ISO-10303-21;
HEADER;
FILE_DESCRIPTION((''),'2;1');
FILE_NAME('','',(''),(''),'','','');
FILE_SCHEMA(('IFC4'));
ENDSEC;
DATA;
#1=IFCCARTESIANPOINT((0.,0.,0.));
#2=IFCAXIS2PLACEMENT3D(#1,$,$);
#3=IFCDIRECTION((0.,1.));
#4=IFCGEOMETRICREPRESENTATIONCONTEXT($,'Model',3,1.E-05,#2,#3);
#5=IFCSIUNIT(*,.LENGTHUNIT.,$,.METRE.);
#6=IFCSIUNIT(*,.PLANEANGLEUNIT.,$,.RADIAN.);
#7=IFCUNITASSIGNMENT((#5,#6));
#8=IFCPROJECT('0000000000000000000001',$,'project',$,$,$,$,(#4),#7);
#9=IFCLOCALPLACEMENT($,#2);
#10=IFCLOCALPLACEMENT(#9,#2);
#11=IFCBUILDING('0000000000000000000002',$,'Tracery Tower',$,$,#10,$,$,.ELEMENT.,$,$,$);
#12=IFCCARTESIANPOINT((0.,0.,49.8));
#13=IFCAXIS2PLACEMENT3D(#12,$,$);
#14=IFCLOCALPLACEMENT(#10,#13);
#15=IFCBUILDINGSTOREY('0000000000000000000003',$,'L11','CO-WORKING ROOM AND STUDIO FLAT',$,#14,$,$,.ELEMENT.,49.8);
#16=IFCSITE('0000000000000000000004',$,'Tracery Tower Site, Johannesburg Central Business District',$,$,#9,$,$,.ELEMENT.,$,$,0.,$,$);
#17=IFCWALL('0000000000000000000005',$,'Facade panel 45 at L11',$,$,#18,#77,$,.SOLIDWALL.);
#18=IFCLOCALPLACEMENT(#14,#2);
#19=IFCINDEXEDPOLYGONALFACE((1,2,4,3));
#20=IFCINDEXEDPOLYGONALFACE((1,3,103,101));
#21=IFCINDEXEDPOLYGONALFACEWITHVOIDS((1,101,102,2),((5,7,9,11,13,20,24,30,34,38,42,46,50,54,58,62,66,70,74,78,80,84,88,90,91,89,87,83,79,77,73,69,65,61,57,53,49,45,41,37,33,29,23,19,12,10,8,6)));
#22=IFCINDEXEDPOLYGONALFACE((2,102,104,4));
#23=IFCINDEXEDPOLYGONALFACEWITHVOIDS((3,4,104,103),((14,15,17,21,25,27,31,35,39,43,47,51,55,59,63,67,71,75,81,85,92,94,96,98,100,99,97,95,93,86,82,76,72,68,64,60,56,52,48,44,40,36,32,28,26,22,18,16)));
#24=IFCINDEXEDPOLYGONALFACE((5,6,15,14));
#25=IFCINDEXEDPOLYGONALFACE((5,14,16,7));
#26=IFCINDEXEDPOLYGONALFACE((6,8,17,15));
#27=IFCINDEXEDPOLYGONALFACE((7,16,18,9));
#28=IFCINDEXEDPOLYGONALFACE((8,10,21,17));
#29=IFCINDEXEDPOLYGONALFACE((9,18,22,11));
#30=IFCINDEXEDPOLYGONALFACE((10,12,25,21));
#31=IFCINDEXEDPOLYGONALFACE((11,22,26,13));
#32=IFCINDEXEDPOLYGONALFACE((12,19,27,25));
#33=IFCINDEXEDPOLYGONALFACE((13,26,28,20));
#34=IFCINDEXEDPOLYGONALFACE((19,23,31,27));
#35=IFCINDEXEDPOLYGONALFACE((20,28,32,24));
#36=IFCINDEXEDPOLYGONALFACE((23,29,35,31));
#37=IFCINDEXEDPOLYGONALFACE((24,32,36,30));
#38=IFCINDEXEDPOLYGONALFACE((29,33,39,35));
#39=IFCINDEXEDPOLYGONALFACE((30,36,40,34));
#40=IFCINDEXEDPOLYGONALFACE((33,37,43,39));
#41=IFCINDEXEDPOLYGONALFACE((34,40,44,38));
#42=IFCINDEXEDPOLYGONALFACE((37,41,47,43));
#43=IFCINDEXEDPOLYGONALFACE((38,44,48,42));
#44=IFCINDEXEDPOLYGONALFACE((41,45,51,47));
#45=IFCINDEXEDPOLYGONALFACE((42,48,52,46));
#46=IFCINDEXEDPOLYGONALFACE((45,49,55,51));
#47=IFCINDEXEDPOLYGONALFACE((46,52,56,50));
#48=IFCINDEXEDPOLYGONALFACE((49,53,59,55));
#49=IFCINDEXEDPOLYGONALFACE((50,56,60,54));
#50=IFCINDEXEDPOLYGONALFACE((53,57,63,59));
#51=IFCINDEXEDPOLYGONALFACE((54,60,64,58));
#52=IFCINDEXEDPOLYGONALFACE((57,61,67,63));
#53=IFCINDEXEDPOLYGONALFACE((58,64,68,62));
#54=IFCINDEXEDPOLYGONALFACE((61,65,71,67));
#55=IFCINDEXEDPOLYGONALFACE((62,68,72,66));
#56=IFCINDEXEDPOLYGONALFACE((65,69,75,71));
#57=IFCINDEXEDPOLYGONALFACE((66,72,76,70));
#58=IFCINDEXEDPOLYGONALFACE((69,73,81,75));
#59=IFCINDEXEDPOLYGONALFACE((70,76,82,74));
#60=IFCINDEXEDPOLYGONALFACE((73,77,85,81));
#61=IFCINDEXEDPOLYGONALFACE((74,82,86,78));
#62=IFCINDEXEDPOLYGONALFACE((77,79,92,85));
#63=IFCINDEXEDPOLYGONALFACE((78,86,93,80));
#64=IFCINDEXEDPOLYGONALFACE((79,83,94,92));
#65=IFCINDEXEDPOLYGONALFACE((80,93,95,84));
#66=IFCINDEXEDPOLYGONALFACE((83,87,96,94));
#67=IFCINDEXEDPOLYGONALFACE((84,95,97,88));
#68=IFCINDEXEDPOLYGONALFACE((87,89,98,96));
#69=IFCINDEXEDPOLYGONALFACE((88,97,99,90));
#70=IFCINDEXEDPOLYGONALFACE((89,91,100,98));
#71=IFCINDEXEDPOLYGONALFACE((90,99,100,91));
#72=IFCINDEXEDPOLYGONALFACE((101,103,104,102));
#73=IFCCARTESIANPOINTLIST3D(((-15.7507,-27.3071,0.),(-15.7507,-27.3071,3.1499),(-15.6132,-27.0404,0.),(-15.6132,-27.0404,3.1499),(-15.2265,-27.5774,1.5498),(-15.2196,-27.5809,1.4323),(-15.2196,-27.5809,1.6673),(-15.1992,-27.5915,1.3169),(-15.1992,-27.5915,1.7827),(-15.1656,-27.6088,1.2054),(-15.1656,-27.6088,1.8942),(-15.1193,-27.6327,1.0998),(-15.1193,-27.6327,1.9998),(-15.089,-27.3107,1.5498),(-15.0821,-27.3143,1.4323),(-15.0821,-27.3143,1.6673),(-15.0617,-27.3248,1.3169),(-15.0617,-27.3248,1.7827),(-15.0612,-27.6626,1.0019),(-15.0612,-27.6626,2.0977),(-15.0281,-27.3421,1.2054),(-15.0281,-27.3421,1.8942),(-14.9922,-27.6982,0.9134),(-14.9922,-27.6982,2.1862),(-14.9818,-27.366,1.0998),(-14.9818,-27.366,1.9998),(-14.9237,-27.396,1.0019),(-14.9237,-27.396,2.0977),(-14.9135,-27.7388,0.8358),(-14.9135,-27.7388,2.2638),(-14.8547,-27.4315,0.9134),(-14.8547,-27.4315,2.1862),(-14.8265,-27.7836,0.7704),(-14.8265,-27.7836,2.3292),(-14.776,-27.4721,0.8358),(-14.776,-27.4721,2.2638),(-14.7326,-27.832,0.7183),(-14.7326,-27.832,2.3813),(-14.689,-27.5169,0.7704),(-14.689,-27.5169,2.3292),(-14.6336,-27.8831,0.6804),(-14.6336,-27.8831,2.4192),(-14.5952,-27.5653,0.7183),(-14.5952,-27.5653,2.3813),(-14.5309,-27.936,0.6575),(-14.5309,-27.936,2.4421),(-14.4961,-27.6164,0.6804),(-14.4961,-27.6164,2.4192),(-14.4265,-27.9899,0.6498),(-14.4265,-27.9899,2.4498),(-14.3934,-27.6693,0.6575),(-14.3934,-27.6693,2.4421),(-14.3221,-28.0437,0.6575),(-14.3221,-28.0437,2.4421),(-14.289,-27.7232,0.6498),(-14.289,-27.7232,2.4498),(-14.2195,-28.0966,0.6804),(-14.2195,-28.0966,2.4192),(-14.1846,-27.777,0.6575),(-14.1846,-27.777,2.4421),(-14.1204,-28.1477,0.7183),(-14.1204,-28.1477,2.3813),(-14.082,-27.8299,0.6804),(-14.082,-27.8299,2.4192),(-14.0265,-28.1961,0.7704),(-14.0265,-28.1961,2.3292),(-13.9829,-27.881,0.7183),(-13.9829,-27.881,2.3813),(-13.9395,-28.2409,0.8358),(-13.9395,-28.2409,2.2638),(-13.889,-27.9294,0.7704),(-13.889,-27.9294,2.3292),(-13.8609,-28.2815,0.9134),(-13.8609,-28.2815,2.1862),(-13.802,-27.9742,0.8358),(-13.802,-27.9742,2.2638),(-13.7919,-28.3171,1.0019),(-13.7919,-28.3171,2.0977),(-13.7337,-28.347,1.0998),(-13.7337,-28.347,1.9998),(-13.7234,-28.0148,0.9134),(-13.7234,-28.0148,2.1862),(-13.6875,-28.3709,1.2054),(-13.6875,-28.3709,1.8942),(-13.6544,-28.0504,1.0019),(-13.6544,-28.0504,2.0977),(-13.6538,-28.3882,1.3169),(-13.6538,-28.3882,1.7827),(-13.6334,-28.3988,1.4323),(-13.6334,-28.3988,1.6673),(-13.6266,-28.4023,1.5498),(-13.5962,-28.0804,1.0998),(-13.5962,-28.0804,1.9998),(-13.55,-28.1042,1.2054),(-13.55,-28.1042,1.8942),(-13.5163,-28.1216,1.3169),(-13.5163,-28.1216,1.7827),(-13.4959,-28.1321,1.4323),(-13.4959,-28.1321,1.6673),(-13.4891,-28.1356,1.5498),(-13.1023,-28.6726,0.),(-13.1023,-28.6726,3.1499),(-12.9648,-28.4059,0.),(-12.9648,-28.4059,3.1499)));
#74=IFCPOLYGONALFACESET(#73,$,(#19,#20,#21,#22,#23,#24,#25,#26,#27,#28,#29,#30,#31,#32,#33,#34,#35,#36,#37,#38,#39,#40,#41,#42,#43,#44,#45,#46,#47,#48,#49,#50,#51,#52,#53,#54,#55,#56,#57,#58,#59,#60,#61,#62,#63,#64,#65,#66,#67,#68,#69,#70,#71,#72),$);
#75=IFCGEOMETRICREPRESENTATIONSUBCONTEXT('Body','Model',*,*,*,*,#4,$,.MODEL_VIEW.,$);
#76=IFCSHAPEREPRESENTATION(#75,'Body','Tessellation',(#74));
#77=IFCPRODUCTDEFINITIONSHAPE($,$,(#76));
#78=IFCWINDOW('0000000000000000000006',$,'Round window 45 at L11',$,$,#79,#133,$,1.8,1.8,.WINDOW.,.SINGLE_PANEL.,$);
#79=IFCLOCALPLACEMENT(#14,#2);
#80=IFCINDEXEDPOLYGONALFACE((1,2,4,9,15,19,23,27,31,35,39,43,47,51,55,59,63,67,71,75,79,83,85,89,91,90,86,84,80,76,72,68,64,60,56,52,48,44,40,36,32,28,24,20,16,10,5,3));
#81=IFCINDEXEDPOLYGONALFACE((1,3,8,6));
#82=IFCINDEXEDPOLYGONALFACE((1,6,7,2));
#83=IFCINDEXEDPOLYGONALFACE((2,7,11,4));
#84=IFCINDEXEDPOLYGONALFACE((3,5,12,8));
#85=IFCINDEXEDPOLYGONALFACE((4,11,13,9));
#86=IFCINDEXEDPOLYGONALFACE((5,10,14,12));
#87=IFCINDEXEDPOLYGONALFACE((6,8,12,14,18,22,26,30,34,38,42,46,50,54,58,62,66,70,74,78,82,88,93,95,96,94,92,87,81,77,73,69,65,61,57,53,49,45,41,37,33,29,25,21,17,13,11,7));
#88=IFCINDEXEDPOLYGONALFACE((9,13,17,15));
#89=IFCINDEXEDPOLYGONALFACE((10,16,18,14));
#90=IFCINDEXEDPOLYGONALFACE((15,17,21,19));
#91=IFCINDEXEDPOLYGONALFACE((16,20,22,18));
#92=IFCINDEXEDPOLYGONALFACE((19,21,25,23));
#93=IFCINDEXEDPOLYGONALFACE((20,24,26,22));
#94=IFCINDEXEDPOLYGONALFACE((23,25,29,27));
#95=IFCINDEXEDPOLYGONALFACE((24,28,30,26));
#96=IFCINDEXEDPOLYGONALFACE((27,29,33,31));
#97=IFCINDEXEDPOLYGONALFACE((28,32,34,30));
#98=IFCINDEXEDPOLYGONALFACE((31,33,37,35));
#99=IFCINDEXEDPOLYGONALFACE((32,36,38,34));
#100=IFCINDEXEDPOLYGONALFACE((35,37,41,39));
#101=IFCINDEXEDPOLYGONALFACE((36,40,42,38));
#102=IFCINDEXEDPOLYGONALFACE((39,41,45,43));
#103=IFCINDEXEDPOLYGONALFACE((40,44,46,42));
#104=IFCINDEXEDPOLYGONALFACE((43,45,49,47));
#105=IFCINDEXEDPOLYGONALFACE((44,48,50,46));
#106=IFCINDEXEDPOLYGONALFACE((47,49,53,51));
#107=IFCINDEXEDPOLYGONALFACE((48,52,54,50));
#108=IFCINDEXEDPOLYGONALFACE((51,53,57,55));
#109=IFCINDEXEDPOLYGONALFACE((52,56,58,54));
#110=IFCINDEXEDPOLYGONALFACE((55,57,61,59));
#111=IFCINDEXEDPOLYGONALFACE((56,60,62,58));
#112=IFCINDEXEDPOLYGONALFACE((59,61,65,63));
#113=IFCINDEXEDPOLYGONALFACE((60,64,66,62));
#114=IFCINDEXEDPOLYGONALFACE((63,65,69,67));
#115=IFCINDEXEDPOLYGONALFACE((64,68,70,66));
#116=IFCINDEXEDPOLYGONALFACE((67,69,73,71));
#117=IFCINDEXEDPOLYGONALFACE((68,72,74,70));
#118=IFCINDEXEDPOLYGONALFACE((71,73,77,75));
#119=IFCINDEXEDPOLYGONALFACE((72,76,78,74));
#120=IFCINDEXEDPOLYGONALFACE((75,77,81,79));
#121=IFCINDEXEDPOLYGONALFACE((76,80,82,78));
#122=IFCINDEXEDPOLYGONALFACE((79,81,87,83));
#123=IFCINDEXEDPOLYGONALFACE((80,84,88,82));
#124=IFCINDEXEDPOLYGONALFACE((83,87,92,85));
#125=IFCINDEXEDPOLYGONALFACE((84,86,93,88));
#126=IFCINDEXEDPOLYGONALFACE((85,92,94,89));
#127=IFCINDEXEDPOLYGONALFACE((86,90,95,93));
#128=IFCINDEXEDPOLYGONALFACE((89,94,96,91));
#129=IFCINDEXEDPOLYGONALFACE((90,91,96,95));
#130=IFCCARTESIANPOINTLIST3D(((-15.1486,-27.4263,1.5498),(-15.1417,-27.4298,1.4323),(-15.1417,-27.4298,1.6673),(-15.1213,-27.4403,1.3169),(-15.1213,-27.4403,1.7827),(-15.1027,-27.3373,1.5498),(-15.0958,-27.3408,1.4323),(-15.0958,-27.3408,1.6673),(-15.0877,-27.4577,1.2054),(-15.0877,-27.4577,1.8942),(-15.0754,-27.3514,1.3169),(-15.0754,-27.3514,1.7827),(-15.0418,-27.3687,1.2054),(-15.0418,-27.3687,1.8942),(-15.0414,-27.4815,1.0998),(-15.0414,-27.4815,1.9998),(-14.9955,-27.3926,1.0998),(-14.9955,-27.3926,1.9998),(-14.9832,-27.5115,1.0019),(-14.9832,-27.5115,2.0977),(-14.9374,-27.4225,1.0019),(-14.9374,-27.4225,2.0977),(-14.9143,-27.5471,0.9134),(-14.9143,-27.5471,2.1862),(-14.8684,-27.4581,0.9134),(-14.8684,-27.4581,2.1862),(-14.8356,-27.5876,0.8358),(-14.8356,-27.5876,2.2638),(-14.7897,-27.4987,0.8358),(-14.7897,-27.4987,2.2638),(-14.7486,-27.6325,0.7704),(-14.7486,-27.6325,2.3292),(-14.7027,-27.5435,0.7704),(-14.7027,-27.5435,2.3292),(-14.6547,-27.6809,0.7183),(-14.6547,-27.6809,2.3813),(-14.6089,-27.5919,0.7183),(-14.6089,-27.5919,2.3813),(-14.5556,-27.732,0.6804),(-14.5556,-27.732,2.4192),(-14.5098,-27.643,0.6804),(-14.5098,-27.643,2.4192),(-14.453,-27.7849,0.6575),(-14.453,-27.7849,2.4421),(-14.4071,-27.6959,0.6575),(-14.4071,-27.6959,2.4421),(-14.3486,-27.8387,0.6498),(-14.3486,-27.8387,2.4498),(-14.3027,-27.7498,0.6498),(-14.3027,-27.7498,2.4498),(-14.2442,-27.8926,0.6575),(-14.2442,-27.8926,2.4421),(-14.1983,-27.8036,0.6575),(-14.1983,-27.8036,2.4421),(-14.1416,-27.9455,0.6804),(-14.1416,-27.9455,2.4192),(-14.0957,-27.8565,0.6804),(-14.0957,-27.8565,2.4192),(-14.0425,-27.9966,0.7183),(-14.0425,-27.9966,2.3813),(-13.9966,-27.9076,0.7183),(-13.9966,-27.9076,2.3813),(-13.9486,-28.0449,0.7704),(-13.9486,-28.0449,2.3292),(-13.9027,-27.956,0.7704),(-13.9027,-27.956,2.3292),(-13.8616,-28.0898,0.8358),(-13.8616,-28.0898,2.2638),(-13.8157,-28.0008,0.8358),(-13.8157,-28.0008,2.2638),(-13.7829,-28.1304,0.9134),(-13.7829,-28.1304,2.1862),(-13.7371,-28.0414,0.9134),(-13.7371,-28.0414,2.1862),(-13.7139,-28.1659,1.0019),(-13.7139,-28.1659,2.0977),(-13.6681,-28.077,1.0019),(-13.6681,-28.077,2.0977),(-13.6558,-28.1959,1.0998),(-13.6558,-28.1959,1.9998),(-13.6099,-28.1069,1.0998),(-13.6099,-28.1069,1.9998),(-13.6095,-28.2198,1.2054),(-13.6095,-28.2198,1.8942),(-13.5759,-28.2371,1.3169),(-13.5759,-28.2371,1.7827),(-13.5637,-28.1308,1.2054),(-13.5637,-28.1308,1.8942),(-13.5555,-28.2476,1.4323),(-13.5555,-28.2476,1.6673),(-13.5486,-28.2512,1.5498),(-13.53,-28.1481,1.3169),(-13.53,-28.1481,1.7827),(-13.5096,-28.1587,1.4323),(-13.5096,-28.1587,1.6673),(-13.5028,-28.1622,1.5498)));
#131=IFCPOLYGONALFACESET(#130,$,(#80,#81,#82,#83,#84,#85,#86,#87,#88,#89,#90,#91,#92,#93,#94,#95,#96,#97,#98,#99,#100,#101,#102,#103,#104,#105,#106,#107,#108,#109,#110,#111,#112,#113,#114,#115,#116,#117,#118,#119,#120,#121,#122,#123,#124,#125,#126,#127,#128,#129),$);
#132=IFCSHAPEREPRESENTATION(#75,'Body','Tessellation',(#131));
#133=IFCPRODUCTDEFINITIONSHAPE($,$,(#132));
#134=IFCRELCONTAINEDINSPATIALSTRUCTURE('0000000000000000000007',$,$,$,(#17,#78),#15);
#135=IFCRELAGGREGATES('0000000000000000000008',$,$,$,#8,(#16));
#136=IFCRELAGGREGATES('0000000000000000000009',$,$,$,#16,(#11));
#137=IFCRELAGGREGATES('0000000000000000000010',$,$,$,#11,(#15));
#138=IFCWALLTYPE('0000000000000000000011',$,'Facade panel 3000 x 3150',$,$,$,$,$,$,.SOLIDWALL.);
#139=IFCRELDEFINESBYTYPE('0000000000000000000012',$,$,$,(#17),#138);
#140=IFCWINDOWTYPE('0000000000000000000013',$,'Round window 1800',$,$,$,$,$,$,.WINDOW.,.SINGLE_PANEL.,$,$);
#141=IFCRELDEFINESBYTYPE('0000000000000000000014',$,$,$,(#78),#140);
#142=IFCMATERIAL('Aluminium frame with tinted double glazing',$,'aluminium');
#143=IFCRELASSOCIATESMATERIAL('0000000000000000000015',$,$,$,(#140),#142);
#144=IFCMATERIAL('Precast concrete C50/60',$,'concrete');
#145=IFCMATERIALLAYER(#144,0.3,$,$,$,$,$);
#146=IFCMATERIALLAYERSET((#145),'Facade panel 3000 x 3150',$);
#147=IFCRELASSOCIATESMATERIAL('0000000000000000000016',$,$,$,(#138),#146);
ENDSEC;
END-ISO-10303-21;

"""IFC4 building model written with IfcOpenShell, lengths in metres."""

from ifc_helpers import new_model, si_unit, direction, frame, frame_2d, origin, origin_2d, place, context, subcontext, project, spatial, rectangle, circle, extrude, material, layer, layer_set, type_object, element, fill, save


model = new_model("IFC4")

# Units and contexts
model_context = context("Model", 3, precision=1e-05, world=origin(), true_north=direction((0.0, 1.0)))
body_context = subcontext(model_context, "Body", "Model", "MODEL_VIEW")
ifc_project = project(units=[si_unit("LENGTHUNIT", "METRE"), si_unit("PLANEANGLEUNIT", "RADIAN")], contexts=[model_context])

# Site, building, storey
site_placement = place(None, origin())
site = spatial("IfcSite", under=ifc_project, at=site_placement, Name="Tracery Tower Site, Johannesburg Central Business District", CompositionType="ELEMENT", RefElevation=0.0)
building_placement = place(site_placement, origin())
building = spatial("IfcBuilding", under=site, at=building_placement, Name="Tracery Tower", CompositionType="ELEMENT")
storey_placement = place(building_placement, frame((0.0, 0.0, 49.8)))
storey = spatial("IfcBuildingStorey", under=building, at=storey_placement, Name="L11", Description="CO-WORKING ROOM AND STUDIO FLAT", CompositionType="ELEMENT", Elevation=49.8)

# Wall, opening, window
ifc_material_1 = material(Name="Aluminium frame with tinted double glazing", Category="aluminium")
window_type = type_object("IfcWindowType", Name="Round window 1800", PartitioningType="SINGLE_PANEL", PredefinedType="WINDOW", material=ifc_material_1)
ifc_material_2 = material(Name="Precast concrete C50/60", Category="concrete")
ifc_layer_1 = layer(ifc_material_2, 0.3)
ifc_layer_set_1 = layer_set([ifc_layer_1], Name="Facade panel 3000 x 3150")
wall_type_1 = type_object("IfcWallType", Name="Facade panel 3000 x 3150", PredefinedType="SOLIDWALL", material=ifc_layer_set_1)
wall_1_placement = place(storey_placement, frame((-15.6819, -27.1738, 0.0), z_axis=(0.0, 0.0, 1.0), x_axis=(0.88882, -0.458257, 0.0)))
wall_1 = element("IfcWall", 1, at=wall_1_placement, inside=storey, type_object=wall_type_1, Name="Facade panel 45 at L11", PredefinedType="SOLIDWALL", context=body_context, shape_type="SweptSolid", body=[
    extrude(rectangle(XDim=2.9797, YDim=0.3, at=frame_2d((1.4897, 0.0))), origin(), (0.0, 0.0, 1.0), 3.1499),
])
opening_1_placement = place(wall_1_placement, frame((1.4897, 0.0, 1.5498)))
opening_1 = element("IfcOpeningElement", 2, at=opening_1_placement, cuts=wall_1, PredefinedType="OPENING", context=body_context, shape_type="SweptSolid", body=[
    extrude(circle(Radius=0.9, at=origin_2d()), frame((0.0, 0.1599, 0.0), z_axis=(0.0, -1.0, 0.0), x_axis=(1.0, 0.0, 0.0)), (0.0, 0.0, 1.0), 0.3201),
])
window_1_placement = place(opening_1_placement, origin())
window_1 = element("IfcWindow", 3, at=window_1_placement, inside=storey, type_object=window_type, Name="Round window 45 at L11", OverallHeight=1.8, OverallWidth=1.8, PartitioningType="SINGLE_PANEL", PredefinedType="WINDOW", context=body_context, shape_type="SweptSolid", body=[
    extrude(circle(Radius=0.9, at=origin_2d()), frame((0.0, 0.1201, 0.0), z_axis=(0.0, -1.0, 0.0), x_axis=(1.0, 0.0, 0.0)), (0.0, 0.0, 1.0), 0.1001),
])
fill(opening_1, window_1)

save(model, "model.ifc")
